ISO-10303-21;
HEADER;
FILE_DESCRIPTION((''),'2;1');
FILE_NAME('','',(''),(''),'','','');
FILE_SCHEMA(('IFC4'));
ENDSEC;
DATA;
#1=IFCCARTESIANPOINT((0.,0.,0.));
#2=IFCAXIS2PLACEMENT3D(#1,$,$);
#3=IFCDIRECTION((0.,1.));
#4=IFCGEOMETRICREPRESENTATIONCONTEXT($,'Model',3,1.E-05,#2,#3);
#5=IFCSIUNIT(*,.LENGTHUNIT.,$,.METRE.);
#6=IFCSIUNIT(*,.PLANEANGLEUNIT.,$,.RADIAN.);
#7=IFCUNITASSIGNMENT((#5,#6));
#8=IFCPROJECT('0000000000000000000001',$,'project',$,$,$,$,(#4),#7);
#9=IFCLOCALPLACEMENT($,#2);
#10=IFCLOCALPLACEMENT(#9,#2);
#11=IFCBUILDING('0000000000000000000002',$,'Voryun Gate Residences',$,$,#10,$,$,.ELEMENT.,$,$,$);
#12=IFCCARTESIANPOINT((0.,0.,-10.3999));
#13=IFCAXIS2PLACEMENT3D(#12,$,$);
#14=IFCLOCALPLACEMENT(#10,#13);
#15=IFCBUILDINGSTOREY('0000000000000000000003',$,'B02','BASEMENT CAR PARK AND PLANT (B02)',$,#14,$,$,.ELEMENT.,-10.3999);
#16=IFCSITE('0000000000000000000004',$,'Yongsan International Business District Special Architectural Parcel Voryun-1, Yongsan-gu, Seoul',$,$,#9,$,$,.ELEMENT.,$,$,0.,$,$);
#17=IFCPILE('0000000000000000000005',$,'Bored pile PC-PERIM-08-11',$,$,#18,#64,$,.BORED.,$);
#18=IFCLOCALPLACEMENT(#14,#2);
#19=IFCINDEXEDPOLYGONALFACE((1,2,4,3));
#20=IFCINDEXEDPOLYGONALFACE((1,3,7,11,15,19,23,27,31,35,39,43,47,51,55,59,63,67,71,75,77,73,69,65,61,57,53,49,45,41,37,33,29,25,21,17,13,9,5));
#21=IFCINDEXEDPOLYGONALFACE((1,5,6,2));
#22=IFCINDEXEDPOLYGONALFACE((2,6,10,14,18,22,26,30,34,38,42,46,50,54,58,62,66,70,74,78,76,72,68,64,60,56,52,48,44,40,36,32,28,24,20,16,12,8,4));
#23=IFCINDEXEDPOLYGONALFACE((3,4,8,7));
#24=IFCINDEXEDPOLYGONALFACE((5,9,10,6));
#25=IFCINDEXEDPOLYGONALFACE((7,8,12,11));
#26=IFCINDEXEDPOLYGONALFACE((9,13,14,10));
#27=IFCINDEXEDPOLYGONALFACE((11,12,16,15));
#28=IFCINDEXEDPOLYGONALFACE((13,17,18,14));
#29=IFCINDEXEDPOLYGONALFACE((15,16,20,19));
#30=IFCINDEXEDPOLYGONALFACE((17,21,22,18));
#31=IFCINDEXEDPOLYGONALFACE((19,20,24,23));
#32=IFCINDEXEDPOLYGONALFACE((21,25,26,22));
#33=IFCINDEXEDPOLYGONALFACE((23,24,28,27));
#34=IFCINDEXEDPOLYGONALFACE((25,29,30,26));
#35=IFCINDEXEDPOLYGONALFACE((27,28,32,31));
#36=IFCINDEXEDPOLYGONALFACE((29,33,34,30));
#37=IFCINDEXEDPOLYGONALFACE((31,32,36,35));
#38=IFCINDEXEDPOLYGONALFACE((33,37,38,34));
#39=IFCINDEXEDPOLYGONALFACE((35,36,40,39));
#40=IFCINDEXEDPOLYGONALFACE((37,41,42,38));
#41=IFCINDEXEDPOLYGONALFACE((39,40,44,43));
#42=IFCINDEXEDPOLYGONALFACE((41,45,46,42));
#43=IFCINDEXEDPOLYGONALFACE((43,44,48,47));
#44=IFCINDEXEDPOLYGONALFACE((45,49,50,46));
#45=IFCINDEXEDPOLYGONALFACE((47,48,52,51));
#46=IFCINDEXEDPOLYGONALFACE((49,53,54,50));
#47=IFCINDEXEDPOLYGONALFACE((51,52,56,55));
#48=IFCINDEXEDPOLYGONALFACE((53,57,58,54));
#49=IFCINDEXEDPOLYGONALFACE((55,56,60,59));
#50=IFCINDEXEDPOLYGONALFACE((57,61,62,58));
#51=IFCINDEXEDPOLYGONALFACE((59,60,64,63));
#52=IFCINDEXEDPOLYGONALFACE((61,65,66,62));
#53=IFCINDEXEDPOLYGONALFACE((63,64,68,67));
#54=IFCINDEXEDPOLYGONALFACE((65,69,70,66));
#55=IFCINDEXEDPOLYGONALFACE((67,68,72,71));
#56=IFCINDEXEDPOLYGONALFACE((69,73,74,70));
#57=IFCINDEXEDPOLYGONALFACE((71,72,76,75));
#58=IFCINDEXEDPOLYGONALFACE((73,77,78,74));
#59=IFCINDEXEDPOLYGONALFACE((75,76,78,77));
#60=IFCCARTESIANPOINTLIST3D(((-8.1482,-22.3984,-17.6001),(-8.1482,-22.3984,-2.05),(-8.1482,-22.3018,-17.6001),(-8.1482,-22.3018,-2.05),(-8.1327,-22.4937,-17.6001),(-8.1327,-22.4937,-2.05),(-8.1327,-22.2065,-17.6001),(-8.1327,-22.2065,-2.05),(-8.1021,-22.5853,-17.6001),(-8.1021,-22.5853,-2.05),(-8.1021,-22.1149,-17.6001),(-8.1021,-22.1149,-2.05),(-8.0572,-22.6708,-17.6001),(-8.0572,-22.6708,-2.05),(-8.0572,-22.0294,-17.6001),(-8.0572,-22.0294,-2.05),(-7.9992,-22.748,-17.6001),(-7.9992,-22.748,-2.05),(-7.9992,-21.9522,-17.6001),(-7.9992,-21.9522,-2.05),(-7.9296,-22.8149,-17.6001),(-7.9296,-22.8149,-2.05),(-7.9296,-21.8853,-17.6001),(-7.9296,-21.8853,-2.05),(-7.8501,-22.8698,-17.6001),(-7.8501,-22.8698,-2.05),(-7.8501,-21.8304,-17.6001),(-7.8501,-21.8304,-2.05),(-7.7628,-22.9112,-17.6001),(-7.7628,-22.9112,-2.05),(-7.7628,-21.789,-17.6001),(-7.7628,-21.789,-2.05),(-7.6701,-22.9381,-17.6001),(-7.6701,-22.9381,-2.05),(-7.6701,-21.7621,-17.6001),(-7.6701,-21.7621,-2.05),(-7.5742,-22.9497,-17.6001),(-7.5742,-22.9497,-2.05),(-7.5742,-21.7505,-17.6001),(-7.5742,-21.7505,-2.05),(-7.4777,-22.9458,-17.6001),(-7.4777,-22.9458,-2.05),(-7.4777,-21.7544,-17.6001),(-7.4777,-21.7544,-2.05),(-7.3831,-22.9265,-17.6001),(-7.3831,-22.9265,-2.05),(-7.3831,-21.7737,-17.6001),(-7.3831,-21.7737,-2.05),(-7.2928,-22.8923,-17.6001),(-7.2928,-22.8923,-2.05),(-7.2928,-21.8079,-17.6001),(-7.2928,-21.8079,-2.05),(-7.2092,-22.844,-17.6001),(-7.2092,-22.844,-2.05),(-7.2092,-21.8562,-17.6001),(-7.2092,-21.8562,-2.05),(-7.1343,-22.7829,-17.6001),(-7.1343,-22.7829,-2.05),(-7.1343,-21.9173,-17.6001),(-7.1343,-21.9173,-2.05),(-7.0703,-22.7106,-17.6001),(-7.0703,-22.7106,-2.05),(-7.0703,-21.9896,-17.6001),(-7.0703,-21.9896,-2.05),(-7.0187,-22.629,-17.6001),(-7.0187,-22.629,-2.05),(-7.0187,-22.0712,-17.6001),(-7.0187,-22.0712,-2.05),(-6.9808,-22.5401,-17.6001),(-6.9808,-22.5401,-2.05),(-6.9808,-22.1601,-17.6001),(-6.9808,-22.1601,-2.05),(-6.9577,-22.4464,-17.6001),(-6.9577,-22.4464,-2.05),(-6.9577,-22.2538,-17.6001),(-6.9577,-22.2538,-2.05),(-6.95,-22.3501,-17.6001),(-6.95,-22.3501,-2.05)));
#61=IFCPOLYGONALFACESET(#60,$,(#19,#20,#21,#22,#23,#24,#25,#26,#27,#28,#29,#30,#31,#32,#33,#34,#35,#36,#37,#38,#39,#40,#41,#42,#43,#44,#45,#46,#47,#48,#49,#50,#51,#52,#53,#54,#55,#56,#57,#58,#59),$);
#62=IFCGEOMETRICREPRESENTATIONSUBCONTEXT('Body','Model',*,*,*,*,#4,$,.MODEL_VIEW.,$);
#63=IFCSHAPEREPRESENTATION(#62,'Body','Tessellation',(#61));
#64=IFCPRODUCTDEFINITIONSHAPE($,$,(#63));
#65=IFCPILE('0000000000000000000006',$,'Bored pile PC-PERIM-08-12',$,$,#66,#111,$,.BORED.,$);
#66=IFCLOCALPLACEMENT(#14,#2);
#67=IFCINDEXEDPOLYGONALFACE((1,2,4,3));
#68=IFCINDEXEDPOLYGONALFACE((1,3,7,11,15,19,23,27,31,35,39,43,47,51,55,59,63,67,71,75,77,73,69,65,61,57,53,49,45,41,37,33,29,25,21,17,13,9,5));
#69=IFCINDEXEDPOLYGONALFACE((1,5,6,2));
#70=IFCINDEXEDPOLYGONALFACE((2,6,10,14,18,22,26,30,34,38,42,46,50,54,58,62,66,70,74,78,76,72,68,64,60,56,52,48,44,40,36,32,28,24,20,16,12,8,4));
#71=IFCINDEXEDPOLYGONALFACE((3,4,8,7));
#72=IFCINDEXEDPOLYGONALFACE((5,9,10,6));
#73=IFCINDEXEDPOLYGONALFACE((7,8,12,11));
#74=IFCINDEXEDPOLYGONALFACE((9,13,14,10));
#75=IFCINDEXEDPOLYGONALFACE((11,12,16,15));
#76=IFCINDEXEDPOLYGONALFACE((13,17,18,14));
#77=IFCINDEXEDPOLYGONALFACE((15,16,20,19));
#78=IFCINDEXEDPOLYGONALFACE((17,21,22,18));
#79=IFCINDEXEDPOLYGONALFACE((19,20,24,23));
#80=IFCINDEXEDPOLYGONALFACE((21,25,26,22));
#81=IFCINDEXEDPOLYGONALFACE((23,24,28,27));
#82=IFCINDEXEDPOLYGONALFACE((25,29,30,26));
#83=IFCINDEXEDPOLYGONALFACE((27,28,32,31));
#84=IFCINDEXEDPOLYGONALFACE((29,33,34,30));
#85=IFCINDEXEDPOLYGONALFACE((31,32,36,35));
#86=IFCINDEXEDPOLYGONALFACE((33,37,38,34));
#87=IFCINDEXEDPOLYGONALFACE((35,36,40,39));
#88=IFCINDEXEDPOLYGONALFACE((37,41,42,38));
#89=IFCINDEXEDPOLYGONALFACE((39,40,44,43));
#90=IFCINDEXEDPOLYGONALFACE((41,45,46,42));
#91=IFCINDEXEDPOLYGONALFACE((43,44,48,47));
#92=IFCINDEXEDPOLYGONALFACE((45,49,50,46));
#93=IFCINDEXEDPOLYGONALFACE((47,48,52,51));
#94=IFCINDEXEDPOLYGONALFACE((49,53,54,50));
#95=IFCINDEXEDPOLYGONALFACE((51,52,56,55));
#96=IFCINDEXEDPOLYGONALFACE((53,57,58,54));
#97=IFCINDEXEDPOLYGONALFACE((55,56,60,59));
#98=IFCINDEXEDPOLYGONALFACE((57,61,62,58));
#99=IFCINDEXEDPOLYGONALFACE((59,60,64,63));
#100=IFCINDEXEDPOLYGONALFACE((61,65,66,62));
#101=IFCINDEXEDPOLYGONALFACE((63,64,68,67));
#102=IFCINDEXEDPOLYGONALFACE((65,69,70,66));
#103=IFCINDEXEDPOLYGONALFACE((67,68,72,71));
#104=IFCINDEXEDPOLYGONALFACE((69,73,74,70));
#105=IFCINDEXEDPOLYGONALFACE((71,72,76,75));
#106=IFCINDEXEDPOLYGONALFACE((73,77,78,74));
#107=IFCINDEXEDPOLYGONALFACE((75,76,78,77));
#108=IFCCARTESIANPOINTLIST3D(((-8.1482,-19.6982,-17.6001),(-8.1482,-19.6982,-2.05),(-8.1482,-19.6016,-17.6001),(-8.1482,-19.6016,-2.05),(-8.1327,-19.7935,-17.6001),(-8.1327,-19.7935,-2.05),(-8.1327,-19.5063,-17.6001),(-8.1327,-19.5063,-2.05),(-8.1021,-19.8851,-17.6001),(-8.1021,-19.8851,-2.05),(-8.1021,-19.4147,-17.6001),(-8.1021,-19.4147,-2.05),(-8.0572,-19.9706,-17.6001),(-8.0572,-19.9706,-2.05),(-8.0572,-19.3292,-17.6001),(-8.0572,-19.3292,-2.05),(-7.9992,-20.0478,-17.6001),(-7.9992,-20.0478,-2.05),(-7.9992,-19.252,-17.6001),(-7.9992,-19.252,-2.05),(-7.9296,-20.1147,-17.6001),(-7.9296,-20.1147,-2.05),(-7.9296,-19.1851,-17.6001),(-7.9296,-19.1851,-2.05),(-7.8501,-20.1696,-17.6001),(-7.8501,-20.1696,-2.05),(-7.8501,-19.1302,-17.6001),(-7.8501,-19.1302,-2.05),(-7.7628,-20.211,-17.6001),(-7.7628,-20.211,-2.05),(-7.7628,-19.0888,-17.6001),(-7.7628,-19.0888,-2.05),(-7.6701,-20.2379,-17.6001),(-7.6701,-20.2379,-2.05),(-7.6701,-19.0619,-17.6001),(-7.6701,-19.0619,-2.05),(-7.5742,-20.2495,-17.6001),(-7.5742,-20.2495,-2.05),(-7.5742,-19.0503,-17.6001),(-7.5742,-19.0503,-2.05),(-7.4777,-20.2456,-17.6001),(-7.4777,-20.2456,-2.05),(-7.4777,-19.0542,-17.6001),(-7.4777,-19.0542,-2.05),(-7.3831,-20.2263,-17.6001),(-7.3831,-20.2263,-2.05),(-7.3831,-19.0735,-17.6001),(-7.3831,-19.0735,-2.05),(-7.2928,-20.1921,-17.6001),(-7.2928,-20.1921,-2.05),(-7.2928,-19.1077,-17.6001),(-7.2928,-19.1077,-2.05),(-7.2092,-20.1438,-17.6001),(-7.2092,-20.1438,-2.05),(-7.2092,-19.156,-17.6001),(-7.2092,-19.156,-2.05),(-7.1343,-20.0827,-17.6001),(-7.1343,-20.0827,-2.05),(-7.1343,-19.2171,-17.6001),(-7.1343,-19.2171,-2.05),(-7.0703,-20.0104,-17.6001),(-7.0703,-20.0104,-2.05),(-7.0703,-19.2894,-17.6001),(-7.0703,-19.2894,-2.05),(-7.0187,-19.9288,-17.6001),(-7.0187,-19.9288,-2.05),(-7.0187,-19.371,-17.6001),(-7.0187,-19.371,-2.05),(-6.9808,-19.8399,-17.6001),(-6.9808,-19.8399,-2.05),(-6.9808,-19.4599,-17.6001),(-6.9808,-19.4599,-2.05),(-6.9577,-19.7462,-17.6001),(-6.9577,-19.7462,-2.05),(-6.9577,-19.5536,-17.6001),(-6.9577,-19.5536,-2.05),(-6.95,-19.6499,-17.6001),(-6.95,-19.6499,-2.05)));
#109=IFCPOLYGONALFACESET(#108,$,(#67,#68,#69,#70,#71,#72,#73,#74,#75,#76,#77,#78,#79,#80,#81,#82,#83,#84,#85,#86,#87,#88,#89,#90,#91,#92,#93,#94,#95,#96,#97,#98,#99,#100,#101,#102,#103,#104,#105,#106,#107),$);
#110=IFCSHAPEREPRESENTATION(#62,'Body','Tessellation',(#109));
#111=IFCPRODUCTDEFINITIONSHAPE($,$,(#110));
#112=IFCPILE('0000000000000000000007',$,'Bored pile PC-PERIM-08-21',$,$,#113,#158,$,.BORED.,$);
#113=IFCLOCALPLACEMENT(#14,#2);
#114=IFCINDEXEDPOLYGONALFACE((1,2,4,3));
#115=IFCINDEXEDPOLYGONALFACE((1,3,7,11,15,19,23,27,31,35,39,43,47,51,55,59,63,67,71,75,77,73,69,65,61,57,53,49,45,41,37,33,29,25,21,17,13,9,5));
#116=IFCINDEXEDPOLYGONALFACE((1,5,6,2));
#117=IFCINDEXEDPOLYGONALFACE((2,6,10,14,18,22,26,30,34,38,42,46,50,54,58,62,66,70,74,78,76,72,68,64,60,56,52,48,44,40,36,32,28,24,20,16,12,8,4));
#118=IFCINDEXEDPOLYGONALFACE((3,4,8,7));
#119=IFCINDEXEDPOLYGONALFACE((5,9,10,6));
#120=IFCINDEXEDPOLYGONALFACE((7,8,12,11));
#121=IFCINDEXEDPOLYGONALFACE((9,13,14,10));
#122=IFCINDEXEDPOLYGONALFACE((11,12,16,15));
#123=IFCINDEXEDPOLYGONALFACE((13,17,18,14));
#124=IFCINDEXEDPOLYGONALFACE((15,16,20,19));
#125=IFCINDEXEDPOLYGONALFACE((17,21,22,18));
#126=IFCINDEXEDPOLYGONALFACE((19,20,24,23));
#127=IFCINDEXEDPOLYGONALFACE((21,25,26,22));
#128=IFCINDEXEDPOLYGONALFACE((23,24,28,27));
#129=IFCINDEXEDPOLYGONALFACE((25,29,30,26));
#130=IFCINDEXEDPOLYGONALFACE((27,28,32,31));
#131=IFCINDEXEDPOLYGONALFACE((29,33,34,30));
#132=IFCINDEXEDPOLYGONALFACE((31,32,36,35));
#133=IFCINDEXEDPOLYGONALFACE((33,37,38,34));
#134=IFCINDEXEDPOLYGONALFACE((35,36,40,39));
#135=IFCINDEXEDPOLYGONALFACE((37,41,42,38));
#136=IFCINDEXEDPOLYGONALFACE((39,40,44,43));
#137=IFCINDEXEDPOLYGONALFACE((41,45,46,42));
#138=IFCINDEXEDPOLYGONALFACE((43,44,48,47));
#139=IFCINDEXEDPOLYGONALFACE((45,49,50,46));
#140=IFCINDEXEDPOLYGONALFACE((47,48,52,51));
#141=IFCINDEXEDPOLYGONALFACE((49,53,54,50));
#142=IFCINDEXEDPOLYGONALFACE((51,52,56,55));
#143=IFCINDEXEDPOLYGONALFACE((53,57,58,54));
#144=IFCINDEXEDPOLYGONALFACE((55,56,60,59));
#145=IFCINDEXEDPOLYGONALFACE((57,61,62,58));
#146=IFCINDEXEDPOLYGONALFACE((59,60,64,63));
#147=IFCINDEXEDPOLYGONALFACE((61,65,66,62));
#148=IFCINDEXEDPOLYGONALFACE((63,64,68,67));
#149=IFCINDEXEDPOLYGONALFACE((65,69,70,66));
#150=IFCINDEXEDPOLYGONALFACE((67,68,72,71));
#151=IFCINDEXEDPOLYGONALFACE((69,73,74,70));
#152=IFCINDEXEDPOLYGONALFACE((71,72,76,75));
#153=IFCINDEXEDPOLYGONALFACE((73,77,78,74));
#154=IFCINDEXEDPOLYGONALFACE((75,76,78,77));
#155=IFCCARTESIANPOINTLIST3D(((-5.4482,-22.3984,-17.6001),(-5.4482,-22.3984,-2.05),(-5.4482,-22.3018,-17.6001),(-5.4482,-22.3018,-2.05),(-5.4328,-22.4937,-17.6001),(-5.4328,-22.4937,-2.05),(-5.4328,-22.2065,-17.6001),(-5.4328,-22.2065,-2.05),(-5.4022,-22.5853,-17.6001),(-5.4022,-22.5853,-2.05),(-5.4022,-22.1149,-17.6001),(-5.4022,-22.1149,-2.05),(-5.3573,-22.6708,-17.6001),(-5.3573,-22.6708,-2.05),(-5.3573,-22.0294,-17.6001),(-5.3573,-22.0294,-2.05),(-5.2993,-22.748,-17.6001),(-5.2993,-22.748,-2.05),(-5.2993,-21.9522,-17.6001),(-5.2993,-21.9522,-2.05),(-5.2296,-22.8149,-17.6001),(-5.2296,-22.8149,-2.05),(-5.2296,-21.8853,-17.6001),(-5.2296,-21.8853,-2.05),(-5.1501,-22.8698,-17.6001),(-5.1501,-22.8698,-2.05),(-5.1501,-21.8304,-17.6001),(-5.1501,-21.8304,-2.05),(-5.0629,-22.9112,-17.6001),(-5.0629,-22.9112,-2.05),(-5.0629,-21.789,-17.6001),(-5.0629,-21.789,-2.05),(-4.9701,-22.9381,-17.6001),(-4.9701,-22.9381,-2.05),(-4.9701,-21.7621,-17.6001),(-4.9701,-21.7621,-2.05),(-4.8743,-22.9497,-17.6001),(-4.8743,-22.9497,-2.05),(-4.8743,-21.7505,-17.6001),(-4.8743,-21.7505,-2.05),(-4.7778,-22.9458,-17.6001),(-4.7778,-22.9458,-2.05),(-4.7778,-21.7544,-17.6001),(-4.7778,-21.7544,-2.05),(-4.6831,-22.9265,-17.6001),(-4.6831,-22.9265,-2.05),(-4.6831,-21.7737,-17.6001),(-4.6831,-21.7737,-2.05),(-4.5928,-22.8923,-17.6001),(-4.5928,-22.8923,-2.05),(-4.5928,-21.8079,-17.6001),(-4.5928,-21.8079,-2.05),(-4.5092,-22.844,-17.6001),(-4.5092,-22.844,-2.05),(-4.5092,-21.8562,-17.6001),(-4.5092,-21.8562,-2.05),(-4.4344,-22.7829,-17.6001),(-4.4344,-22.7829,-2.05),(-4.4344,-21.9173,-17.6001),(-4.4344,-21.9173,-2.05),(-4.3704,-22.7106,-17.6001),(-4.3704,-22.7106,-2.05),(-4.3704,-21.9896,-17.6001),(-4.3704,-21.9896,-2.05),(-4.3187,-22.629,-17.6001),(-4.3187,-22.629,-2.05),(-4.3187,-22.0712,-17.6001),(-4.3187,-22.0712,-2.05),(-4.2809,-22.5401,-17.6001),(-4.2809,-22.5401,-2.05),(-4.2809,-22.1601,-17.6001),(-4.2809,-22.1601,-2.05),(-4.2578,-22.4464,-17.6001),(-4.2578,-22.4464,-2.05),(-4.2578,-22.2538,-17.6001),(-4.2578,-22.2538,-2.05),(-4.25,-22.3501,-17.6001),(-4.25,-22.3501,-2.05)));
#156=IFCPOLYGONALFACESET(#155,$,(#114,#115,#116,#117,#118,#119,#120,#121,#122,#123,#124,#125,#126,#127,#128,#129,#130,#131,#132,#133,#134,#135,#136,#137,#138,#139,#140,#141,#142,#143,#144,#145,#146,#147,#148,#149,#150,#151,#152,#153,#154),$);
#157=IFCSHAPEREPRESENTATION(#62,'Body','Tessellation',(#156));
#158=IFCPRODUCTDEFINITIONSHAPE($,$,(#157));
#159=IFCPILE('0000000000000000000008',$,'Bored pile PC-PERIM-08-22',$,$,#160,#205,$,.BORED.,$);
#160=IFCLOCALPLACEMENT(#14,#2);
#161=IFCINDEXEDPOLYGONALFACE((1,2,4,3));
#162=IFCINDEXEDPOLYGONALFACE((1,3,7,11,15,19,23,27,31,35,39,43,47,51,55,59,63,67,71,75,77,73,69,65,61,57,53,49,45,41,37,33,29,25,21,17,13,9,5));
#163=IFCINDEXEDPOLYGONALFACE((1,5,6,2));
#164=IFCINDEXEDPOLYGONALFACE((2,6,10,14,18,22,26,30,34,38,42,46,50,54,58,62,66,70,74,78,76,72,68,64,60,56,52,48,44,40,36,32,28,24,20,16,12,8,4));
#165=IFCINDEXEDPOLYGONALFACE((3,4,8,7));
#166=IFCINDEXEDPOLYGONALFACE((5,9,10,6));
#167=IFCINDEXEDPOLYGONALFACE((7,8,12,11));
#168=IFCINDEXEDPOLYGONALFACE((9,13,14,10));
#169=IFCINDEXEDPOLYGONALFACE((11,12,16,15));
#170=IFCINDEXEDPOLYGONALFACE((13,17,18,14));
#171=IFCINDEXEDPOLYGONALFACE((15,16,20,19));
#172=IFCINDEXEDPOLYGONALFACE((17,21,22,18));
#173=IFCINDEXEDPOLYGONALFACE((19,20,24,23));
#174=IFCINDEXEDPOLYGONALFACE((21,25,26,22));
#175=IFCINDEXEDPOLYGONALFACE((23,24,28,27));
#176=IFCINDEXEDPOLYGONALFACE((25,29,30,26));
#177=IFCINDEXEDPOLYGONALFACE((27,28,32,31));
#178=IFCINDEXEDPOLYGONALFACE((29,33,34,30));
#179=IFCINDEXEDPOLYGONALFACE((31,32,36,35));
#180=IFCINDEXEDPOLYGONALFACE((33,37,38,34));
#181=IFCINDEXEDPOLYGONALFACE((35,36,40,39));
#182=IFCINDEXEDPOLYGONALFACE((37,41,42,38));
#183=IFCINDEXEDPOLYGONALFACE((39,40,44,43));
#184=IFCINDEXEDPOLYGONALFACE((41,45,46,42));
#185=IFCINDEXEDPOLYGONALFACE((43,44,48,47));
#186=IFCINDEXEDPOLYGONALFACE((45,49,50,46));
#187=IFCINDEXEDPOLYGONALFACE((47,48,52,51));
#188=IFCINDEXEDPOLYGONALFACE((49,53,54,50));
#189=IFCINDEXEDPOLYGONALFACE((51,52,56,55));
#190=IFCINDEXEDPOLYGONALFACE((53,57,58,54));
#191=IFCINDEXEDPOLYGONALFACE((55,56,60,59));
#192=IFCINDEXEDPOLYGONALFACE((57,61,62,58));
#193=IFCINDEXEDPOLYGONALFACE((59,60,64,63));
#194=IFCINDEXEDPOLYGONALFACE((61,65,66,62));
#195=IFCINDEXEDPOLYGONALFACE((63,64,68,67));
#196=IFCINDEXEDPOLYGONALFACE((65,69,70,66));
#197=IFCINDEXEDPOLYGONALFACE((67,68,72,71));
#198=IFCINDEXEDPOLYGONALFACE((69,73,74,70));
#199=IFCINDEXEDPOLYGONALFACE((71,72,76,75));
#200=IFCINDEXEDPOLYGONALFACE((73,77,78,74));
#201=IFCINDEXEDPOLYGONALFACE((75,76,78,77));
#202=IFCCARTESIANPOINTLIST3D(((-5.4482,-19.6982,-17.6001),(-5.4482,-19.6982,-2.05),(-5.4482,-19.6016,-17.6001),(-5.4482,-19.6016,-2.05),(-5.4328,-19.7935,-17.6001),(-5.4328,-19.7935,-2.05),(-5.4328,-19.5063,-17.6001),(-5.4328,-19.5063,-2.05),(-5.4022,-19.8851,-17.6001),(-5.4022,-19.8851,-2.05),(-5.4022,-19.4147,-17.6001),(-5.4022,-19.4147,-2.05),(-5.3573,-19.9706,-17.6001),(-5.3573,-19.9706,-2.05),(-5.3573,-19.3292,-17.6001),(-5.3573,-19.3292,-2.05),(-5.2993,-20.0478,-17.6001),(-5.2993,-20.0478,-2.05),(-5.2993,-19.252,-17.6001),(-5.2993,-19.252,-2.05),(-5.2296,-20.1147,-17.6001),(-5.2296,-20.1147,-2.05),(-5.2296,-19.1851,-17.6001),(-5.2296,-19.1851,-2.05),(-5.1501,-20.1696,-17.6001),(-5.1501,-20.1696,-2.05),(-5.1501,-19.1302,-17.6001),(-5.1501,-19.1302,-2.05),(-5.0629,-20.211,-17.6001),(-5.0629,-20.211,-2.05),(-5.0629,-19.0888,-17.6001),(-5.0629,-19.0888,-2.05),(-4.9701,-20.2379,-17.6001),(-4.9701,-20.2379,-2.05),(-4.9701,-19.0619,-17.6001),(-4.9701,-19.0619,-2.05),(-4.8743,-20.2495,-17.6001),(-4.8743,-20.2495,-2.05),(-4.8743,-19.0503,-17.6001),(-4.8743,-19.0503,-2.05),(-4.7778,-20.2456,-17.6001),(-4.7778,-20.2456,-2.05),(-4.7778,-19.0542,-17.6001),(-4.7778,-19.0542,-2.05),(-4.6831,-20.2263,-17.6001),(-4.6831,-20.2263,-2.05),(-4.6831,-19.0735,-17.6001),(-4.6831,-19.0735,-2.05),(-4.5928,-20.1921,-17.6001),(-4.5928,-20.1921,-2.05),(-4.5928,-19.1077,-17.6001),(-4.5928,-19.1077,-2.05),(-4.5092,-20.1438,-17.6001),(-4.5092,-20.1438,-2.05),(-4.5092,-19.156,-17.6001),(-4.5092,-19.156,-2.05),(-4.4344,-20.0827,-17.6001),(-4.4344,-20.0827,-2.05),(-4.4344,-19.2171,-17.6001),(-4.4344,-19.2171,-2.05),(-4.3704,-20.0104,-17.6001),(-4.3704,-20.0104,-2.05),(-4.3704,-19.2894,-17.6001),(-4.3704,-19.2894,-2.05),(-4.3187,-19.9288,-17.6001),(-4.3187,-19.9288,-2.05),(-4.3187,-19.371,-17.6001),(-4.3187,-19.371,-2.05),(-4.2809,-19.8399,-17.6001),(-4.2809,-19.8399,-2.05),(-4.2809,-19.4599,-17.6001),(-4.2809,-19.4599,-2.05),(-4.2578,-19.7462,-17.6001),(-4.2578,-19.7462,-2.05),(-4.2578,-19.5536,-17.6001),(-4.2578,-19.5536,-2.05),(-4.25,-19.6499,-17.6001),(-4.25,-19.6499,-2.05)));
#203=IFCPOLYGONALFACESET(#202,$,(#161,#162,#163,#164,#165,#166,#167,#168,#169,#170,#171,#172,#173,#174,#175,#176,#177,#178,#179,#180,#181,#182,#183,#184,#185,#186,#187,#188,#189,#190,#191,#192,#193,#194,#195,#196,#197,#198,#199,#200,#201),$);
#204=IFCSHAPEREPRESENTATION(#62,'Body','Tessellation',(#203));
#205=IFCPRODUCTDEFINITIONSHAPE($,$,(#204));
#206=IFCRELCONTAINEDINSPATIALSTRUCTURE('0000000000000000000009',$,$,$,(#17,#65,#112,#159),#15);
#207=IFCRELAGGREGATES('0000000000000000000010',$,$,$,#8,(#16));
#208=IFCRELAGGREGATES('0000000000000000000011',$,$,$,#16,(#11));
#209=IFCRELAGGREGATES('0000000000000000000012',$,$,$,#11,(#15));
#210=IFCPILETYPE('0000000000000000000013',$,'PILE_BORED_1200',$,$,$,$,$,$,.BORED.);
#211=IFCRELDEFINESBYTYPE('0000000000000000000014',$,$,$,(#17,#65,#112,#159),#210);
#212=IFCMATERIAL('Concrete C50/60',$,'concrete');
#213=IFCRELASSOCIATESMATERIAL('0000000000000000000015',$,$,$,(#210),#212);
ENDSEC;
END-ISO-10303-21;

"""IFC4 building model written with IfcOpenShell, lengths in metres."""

from ifc_helpers import new_model, si_unit, direction, frame, origin, origin_2d, place, context, subcontext, project, spatial, circle, extrude, material, material_profile, profile_set, type_object, element, save


model = new_model("IFC4")

# Units and contexts
model_context = context("Model", 3, precision=1e-05, world=origin(), true_north=direction((0.0, 1.0)))
body_context = subcontext(model_context, "Body", "Model", "MODEL_VIEW")
ifc_project = project(units=[si_unit("LENGTHUNIT", "METRE"), si_unit("PLANEANGLEUNIT", "RADIAN")], contexts=[model_context])

# Site, building, storey
site_placement = place(None, origin())
site = spatial("IfcSite", under=ifc_project, at=site_placement, Name="Yongsan International Business District Special Architectural Parcel Voryun-1, Yongsan-gu, Seoul", CompositionType="ELEMENT", RefElevation=0.0)
building_placement = place(site_placement, origin())
building = spatial("IfcBuilding", under=site, at=building_placement, Name="Voryun Gate Residences", CompositionType="ELEMENT")
storey_placement = place(building_placement, frame((0.0, 0.0, -10.3999)))
storey = spatial("IfcBuildingStorey", under=building, at=storey_placement, Name="B02", Description="BASEMENT CAR PARK AND PLANT (B02)", CompositionType="ELEMENT", Elevation=-10.3999)

# Piles
ifc_material_1 = material(Name="Concrete C50/60", Category="concrete")
ifc_material_profile_1 = material_profile(ifc_material_1, circle(Radius=0.6001, at=origin_2d()), Name="PILE-D1200")
ifc_profile_set_1 = profile_set([ifc_material_profile_1], Name="Concrete C50/60")
pile_type = type_object("IfcPileType", Name="PILE_BORED_1200", PredefinedType="BORED", material=ifc_profile_set_1)
for number, where, z_axis, x_axis, name in (
    (1, (-7.55, -22.3501, -2.05), (0.0, 0.0, -1.0), (1.0, 0.0, 0.0), "Bored pile PC-PERIM-08-11"),
    (2, (-7.55, -19.6499, -2.05), (0.0, 0.0, -1.0), (1.0, 0.0, 0.0), "Bored pile PC-PERIM-08-12"),
    (3, (-4.8501, -22.3501, -2.05), (0.0, 0.0, -1.0), (1.0, 0.0, 0.0), "Bored pile PC-PERIM-08-21"),
    (4, (-4.8501, -19.6499, -2.05), (0.0, 0.0, -1.0), (1.0, 0.0, 0.0), "Bored pile PC-PERIM-08-22"),
):
    element("IfcPile", number, at=place(storey_placement, frame(where, z_axis=z_axis, x_axis=x_axis)), inside=storey, type_object=pile_type, Name=name, PredefinedType="BORED", context=body_context, shape_type="SweptSolid", body=[
        extrude(circle(Radius=0.6001, at=origin_2d()), origin(), (0.0, 0.0, 1.0), 15.55),
    ])

save(model, "model.ifc")
